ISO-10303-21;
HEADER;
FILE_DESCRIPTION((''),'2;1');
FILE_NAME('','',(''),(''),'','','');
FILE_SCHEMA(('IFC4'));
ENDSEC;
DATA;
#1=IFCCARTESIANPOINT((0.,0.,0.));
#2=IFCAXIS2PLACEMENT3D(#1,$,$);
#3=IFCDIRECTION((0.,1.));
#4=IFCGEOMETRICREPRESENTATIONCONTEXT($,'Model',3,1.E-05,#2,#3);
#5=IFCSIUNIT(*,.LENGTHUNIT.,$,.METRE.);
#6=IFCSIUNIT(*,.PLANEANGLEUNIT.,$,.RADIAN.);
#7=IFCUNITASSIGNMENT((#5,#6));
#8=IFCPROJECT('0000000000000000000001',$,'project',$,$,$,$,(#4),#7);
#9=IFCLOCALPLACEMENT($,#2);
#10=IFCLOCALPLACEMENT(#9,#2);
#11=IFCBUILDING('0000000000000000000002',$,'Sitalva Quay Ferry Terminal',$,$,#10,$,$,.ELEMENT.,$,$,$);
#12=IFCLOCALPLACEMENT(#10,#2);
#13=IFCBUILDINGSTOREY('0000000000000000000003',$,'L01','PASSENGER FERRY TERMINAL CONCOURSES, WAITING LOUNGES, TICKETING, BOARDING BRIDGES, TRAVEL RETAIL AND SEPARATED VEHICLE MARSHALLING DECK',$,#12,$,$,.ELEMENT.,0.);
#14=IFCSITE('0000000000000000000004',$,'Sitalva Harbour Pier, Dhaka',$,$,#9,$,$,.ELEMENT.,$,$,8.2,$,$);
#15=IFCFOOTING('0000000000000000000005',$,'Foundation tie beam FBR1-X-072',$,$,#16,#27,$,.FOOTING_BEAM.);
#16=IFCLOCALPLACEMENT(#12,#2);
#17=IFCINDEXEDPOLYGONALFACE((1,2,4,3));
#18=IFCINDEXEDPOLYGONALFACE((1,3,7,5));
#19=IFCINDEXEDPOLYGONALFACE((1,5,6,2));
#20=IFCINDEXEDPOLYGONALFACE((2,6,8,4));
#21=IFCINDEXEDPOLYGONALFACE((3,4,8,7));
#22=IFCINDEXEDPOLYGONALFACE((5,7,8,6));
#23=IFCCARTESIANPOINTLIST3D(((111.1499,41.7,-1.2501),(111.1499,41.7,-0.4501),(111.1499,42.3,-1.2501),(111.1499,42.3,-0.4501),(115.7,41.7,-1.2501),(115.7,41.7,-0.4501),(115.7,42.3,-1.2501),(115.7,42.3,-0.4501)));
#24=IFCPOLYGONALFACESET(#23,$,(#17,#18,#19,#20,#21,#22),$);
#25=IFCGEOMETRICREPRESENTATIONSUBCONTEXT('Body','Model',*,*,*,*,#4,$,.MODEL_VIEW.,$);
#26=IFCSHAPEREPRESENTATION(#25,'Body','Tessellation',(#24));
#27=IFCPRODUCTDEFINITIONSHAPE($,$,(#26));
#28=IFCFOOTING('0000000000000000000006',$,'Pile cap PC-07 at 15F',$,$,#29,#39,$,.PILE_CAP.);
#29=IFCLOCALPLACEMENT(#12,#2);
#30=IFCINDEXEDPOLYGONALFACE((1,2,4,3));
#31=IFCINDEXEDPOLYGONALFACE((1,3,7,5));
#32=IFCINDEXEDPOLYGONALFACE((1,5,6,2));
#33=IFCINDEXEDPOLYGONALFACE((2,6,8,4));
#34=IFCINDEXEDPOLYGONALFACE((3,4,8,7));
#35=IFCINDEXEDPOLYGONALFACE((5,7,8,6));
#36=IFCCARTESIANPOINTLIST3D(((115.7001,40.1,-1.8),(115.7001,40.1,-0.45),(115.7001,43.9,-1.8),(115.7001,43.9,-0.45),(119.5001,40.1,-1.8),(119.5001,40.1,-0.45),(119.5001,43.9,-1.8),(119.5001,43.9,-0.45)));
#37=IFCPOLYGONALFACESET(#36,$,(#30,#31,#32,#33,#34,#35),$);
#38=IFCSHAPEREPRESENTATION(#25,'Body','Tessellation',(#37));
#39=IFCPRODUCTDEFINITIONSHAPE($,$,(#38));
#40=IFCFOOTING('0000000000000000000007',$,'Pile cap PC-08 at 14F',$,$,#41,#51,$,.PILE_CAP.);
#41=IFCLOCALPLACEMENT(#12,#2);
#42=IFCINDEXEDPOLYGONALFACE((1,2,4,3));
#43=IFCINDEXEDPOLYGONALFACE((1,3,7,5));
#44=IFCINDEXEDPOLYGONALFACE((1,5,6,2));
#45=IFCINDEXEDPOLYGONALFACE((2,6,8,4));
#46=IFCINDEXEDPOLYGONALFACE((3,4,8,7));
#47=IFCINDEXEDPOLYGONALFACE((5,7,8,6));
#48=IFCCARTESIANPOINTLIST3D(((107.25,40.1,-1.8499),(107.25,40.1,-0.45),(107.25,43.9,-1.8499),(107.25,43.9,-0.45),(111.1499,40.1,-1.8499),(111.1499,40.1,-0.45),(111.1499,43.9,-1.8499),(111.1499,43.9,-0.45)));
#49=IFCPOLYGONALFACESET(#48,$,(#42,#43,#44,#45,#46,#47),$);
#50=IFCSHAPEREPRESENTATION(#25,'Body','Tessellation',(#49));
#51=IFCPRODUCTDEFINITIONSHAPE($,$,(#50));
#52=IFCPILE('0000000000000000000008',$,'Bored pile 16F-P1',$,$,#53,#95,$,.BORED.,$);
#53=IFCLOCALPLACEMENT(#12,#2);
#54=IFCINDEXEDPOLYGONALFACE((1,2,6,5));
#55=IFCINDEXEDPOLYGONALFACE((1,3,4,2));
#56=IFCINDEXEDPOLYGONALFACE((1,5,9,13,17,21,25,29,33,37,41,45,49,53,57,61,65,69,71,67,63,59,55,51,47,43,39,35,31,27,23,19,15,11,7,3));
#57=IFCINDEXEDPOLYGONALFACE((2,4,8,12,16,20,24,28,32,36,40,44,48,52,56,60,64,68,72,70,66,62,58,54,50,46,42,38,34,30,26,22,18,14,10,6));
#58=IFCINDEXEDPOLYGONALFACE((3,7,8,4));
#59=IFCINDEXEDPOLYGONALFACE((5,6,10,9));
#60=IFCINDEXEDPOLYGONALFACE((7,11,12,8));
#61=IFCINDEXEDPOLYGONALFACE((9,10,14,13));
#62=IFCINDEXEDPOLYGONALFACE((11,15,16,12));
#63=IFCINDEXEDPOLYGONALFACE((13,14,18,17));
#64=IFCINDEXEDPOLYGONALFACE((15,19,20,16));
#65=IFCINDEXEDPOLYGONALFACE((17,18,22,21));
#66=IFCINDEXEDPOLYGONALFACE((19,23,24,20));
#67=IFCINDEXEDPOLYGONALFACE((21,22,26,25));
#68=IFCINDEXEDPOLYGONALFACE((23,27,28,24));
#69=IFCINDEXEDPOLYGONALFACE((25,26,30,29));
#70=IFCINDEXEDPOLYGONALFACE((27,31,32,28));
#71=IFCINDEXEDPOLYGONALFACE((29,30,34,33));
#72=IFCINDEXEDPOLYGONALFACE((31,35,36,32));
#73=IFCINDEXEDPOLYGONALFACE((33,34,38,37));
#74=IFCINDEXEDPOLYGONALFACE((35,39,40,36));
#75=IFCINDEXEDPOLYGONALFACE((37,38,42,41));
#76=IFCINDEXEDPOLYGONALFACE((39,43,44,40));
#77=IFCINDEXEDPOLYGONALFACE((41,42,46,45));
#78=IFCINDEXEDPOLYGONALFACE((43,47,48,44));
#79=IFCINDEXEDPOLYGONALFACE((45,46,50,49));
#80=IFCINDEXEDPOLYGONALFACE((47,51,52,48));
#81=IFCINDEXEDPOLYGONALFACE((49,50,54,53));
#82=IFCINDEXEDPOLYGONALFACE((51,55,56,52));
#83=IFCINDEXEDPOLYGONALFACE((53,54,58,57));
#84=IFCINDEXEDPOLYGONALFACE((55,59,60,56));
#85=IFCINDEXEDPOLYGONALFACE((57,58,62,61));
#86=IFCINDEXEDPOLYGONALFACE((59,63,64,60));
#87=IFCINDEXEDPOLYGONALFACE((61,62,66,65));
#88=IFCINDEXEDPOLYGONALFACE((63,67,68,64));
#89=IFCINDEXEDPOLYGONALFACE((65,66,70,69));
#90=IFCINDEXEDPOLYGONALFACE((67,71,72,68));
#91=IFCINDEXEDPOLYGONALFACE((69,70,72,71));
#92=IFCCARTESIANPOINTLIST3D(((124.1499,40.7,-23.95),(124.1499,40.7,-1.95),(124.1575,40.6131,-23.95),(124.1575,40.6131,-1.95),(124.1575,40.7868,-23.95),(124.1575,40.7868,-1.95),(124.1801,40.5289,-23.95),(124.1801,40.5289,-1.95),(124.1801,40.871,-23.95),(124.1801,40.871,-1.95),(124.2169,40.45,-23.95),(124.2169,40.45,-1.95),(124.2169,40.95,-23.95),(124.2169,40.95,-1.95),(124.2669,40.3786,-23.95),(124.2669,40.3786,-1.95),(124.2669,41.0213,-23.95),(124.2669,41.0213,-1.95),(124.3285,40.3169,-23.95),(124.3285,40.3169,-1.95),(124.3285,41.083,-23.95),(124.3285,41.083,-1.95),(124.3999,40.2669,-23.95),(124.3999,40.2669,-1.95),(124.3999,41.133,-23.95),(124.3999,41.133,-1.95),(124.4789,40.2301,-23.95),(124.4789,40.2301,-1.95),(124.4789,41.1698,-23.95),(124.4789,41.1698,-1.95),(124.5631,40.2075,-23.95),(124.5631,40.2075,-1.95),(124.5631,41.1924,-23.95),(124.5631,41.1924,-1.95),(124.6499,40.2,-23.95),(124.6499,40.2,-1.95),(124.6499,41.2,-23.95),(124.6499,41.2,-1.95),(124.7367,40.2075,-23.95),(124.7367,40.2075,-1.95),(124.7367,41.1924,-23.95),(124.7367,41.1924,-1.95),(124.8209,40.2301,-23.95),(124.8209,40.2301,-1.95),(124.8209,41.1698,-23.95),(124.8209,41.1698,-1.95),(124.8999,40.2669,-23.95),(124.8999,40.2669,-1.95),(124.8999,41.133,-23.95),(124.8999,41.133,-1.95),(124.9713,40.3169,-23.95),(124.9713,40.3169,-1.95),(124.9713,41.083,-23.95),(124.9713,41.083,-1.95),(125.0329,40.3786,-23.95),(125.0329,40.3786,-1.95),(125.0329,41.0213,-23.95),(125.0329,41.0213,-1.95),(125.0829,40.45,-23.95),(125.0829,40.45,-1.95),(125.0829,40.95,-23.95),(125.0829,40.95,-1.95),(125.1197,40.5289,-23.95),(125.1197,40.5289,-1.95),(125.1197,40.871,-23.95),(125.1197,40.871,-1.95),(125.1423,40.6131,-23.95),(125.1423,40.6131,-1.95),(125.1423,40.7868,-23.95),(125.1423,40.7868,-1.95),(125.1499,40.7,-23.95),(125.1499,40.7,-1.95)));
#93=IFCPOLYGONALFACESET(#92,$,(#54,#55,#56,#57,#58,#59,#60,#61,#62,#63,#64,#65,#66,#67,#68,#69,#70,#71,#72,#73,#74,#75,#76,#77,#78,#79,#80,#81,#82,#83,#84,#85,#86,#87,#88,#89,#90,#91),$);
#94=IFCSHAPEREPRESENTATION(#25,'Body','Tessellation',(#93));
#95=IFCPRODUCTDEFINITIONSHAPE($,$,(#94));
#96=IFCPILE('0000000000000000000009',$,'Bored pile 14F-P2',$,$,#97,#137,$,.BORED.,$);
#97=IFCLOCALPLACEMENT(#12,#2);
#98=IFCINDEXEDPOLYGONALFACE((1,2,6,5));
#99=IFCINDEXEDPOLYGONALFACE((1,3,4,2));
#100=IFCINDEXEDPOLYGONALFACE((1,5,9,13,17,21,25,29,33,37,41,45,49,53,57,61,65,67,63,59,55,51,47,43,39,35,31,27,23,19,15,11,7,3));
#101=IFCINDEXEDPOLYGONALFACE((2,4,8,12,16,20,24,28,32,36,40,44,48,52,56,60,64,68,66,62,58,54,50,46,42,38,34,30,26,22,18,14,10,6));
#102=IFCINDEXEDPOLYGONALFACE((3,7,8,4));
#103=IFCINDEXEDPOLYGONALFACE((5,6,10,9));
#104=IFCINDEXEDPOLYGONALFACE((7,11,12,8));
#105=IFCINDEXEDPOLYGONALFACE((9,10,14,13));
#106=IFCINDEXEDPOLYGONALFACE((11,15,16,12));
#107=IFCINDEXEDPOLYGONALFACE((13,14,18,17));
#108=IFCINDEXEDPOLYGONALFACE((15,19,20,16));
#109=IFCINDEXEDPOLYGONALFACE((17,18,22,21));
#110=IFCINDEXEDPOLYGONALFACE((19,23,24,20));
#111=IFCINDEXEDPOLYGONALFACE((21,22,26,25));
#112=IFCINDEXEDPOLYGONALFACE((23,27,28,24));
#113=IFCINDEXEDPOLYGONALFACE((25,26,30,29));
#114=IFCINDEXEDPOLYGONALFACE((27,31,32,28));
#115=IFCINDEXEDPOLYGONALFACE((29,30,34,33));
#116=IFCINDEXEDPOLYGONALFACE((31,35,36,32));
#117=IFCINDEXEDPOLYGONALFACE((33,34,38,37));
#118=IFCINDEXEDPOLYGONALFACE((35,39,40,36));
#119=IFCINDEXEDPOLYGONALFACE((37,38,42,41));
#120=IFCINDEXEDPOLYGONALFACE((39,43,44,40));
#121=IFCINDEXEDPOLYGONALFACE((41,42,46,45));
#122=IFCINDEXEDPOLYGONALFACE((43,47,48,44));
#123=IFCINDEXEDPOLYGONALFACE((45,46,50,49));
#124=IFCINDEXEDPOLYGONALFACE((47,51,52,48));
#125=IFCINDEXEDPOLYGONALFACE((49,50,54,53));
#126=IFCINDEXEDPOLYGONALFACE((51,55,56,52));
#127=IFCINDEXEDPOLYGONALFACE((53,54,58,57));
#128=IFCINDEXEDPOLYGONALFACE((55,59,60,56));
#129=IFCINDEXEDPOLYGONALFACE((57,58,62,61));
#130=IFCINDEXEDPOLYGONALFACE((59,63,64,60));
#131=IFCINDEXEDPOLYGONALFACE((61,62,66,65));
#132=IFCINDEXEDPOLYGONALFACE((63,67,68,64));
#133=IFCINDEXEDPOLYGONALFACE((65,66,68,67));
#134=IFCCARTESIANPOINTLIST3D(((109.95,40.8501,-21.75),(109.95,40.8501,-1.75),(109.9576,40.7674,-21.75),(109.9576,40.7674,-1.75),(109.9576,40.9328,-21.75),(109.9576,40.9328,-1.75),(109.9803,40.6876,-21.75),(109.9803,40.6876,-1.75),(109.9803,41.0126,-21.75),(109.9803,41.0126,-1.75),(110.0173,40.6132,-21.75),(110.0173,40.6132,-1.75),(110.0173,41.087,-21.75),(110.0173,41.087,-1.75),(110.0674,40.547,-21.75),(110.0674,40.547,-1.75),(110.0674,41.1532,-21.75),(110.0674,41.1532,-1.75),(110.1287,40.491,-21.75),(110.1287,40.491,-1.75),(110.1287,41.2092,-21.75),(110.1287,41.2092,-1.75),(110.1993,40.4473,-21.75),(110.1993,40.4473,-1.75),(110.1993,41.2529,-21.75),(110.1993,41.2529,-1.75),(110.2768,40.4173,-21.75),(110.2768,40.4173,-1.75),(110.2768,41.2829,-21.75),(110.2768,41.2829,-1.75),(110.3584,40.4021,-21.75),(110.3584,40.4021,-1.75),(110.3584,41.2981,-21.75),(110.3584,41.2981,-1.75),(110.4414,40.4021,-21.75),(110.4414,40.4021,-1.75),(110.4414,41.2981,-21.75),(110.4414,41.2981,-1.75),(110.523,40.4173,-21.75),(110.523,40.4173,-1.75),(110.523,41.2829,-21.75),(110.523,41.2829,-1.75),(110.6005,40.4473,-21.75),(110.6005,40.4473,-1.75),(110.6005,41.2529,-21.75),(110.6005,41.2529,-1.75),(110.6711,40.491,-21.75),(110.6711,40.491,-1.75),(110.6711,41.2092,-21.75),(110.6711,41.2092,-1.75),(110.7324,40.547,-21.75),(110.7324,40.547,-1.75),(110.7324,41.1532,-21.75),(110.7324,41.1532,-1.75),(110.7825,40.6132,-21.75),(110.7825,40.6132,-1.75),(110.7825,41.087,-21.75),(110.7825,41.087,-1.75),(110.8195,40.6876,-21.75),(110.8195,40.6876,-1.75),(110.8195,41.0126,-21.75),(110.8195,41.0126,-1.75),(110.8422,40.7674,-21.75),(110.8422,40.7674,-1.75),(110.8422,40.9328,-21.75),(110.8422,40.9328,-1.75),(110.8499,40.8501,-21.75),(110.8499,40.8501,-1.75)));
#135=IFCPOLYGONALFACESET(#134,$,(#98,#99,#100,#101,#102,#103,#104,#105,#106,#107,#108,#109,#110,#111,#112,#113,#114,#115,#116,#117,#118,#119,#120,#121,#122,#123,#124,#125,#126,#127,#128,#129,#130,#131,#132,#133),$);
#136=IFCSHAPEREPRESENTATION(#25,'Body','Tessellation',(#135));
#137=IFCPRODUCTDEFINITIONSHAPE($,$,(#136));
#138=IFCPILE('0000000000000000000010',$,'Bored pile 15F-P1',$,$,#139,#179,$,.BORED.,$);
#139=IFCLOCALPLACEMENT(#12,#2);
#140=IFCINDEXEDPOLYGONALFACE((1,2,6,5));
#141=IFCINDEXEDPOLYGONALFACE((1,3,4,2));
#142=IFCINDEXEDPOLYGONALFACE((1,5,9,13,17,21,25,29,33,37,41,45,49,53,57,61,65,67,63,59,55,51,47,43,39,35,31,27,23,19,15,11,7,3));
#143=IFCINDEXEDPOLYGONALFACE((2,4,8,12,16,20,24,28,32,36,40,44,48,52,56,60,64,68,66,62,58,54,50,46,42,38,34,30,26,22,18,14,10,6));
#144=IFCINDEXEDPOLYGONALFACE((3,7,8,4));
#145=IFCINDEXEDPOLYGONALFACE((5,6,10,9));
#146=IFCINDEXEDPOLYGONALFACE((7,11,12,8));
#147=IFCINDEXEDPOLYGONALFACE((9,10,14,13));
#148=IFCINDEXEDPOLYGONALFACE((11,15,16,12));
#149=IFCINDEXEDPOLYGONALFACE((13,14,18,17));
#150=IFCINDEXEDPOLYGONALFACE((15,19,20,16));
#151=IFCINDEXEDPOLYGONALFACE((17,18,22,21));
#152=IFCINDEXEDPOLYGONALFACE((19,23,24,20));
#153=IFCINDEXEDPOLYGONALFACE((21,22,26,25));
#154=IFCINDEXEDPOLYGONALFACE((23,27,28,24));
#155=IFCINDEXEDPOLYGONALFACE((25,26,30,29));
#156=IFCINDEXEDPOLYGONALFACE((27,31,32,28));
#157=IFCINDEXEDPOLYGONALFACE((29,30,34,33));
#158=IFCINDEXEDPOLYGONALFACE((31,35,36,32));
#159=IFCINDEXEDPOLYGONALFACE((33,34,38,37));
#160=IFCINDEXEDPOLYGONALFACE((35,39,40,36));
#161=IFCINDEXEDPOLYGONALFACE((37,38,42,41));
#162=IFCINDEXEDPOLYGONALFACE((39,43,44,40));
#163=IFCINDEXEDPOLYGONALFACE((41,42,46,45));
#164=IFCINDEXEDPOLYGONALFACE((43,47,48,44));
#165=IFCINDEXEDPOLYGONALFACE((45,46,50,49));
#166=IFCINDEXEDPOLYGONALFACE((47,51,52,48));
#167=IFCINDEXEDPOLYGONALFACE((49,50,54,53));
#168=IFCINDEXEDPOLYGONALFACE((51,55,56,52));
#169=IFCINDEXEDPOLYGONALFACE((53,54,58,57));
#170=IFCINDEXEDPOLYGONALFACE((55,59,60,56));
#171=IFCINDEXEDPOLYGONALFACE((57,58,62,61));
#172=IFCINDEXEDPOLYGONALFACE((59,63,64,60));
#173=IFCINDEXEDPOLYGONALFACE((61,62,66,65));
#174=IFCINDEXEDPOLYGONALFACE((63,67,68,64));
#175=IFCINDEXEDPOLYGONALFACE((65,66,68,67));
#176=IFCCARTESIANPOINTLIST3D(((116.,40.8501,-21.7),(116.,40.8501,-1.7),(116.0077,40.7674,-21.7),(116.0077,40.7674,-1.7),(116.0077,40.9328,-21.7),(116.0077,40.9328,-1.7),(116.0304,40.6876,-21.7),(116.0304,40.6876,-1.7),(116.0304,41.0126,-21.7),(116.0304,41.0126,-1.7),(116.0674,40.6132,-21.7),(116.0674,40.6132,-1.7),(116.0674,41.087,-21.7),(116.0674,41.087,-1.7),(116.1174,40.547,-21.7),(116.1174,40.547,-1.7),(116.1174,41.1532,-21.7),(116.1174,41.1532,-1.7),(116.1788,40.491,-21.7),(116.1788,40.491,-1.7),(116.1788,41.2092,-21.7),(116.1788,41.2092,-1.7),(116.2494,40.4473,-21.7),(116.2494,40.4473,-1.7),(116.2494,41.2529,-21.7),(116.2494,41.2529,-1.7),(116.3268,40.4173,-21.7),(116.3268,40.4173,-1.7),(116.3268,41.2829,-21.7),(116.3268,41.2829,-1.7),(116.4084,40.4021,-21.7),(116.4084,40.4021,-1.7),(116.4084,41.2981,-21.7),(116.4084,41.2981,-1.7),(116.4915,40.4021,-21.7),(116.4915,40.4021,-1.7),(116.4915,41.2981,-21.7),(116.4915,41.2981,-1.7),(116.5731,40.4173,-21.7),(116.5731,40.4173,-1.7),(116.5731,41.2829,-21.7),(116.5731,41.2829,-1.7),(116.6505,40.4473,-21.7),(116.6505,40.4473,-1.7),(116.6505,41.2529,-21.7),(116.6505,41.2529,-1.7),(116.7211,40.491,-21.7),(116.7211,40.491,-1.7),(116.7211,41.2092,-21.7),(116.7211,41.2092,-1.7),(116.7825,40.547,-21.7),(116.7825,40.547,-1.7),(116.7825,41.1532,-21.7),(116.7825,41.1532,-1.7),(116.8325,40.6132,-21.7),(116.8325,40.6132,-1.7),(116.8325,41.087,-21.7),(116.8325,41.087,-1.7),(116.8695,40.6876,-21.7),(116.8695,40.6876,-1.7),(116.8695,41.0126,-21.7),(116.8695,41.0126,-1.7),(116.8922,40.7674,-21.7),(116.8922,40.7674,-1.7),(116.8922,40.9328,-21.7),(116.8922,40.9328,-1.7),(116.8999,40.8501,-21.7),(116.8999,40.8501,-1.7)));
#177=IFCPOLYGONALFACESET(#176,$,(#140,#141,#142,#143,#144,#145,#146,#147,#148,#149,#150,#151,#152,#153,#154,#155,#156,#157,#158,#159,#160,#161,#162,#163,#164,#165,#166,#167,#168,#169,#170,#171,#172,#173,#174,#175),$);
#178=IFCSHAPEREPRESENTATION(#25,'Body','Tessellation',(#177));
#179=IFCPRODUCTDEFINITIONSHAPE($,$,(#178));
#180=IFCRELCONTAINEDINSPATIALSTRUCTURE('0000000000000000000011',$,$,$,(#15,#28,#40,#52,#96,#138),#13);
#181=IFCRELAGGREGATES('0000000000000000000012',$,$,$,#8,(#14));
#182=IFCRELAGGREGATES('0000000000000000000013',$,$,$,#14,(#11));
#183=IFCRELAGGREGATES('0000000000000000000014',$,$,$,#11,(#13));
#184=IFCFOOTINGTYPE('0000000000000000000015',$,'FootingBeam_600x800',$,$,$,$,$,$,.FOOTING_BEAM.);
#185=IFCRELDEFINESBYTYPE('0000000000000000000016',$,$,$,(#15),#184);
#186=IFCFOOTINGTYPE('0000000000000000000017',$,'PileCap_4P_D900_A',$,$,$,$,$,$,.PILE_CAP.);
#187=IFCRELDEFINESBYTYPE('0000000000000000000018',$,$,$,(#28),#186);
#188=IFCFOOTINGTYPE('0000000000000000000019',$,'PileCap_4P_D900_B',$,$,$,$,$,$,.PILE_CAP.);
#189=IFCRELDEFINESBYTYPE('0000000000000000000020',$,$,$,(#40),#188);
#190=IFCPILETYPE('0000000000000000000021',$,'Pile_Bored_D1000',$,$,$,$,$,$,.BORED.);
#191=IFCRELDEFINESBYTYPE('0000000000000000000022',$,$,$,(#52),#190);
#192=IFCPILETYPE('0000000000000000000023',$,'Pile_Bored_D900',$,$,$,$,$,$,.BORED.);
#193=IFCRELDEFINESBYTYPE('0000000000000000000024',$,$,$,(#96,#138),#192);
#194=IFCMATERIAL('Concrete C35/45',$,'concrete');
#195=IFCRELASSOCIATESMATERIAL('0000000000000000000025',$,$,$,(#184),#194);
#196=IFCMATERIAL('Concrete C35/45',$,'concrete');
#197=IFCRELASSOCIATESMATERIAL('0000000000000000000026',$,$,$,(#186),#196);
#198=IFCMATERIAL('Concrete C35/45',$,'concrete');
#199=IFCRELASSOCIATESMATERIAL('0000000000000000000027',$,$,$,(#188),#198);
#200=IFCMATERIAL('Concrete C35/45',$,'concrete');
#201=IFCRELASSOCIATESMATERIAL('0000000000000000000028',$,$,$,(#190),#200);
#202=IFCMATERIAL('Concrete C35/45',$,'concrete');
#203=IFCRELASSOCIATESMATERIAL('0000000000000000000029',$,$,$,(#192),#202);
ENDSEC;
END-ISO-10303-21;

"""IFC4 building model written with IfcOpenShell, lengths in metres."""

from ifc_helpers import new_model, si_unit, direction, frame, origin, origin_2d, place, context, subcontext, project, spatial, rectangle, circle, extrude, material, material_profile, profile_set, type_object, element, save


model = new_model("IFC4")

# Units and contexts
model_context = context("Model", 3, precision=1e-05, world=origin(), true_north=direction((0.0, 1.0)))
body_context = subcontext(model_context, "Body", "Model", "MODEL_VIEW")
ifc_project = project(units=[si_unit("LENGTHUNIT", "METRE"), si_unit("PLANEANGLEUNIT", "RADIAN")], contexts=[model_context])

# Site, building, storey
site_placement = place(None, origin())
site = spatial("IfcSite", under=ifc_project, at=site_placement, Name="Sitalva Harbour Pier, Dhaka", CompositionType="ELEMENT", RefElevation=8.2)
building_placement = place(site_placement, origin())
building = spatial("IfcBuilding", under=site, at=building_placement, Name="Sitalva Quay Ferry Terminal", CompositionType="ELEMENT")
storey_placement = place(building_placement, origin())
storey = spatial("IfcBuildingStorey", under=building, at=storey_placement, Name="L01", Description="PASSENGER FERRY TERMINAL CONCOURSES, WAITING LOUNGES, TICKETING, BOARDING BRIDGES, TRAVEL RETAIL AND SEPARATED VEHICLE MARSHALLING DECK", CompositionType="ELEMENT", Elevation=0.0)

# Footings
ifc_material_1 = material(Name="Concrete C35/45", Category="concrete")
ifc_material_profile_1 = material_profile(ifc_material_1, rectangle(XDim=0.6001, YDim=0.8, at=origin_2d()), Name="RC600x800")
ifc_profile_set_1 = profile_set([ifc_material_profile_1], Name="Concrete C35/45")
footing_type_1 = type_object("IfcFootingType", Name="FootingBeam_600x800", PredefinedType="FOOTING_BEAM", material=ifc_profile_set_1)
footing_1_placement = place(storey_placement, frame((111.1499, 42.0, -0.8501), z_axis=(1.0, 0.0, 0.0), x_axis=(0.0, 1.0, 0.0)))
element("IfcFooting", 1, at=footing_1_placement, inside=storey, type_object=footing_type_1, Name="Foundation tie beam FBR1-X-072", PredefinedType="FOOTING_BEAM", context=body_context, shape_type="SweptSolid", body=[
    extrude(rectangle(XDim=0.6001, YDim=0.8, at=origin_2d()), origin(), (0.0, 0.0, 1.0), 4.55),
])
ifc_material_2 = material(Name="Concrete C35/45", Category="concrete")
footing_type_2 = type_object("IfcFootingType", Name="PileCap_4P_D900_A", PredefinedType="PILE_CAP", material=ifc_material_2)
footing_2_placement = place(storey_placement, frame((117.6001, 42.0, -1.8), z_axis=(0.0, 0.0, 1.0), x_axis=(1.0, 0.0, 0.0)))
element("IfcFooting", 2, at=footing_2_placement, inside=storey, type_object=footing_type_2, Name="Pile cap PC-07 at 15F", PredefinedType="PILE_CAP", context=body_context, shape_type="SweptSolid", body=[
    extrude(rectangle(XDim=3.8, YDim=3.8, at=origin_2d()), origin(), (0.0, 0.0, 1.0), 1.3501),
])
ifc_material_3 = material(Name="Concrete C35/45", Category="concrete")
footing_type_3 = type_object("IfcFootingType", Name="PileCap_4P_D900_B", PredefinedType="PILE_CAP", material=ifc_material_3)
footing_3_placement = place(storey_placement, frame((109.2, 42.0, -1.8499), z_axis=(0.0, 0.0, 1.0), x_axis=(1.0, 0.0, 0.0)))
element("IfcFooting", 3, at=footing_3_placement, inside=storey, type_object=footing_type_3, Name="Pile cap PC-08 at 14F", PredefinedType="PILE_CAP", context=body_context, shape_type="SweptSolid", body=[
    extrude(rectangle(XDim=3.8999, YDim=3.8, at=origin_2d()), origin(), (0.0, 0.0, 1.0), 1.3999),
])

# Piles
ifc_material_4 = material(Name="Concrete C35/45", Category="concrete")
ifc_material_profile_2 = material_profile(ifc_material_4, circle(Radius=0.5, at=origin_2d()), Name="PILE-D1000")
ifc_profile_set_2 = profile_set([ifc_material_profile_2], Name="Concrete C35/45")
pile_type_1 = type_object("IfcPileType", Name="Pile_Bored_D1000", PredefinedType="BORED", material=ifc_profile_set_2)
pile_placement = place(storey_placement, frame((124.6499, 40.7, -1.95), z_axis=(0.0, 0.0, -1.0), x_axis=(1.0, 0.0, 0.0)))
element("IfcPile", 4, at=pile_placement, inside=storey, type_object=pile_type_1, Name="Bored pile 16F-P1", PredefinedType="BORED", context=body_context, shape_type="SweptSolid", body=[
    extrude(circle(Radius=0.5, at=origin_2d()), origin(), (0.0, 0.0, 1.0), 22.0),
])
ifc_material_5 = material(Name="Concrete C35/45", Category="concrete")
ifc_material_profile_3 = material_profile(ifc_material_5, circle(Radius=0.45, at=origin_2d()), Name="PILE-D900")
ifc_profile_set_3 = profile_set([ifc_material_profile_3], Name="Concrete C35/45")
pile_type_2 = type_object("IfcPileType", Name="Pile_Bored_D900", PredefinedType="BORED", material=ifc_profile_set_3)
for number, where, z_axis, x_axis, name in (
    (5, (110.3999, 40.8501, -1.75), (0.0, 0.0, -1.0), (1.0, 0.0, 0.0), "Bored pile 14F-P2"),
    (6, (116.45, 40.8501, -1.7), (0.0, 0.0, -1.0), (1.0, 0.0, 0.0), "Bored pile 15F-P1"),
):
    element("IfcPile", number, at=place(storey_placement, frame(where, z_axis=z_axis, x_axis=x_axis)), inside=storey, type_object=pile_type_2, Name=name, PredefinedType="BORED", context=body_context, shape_type="SweptSolid", body=[
        extrude(circle(Radius=0.45, at=origin_2d()), origin(), (0.0, 0.0, 1.0), 20.0),
    ])

save(model, "model.ifc")
